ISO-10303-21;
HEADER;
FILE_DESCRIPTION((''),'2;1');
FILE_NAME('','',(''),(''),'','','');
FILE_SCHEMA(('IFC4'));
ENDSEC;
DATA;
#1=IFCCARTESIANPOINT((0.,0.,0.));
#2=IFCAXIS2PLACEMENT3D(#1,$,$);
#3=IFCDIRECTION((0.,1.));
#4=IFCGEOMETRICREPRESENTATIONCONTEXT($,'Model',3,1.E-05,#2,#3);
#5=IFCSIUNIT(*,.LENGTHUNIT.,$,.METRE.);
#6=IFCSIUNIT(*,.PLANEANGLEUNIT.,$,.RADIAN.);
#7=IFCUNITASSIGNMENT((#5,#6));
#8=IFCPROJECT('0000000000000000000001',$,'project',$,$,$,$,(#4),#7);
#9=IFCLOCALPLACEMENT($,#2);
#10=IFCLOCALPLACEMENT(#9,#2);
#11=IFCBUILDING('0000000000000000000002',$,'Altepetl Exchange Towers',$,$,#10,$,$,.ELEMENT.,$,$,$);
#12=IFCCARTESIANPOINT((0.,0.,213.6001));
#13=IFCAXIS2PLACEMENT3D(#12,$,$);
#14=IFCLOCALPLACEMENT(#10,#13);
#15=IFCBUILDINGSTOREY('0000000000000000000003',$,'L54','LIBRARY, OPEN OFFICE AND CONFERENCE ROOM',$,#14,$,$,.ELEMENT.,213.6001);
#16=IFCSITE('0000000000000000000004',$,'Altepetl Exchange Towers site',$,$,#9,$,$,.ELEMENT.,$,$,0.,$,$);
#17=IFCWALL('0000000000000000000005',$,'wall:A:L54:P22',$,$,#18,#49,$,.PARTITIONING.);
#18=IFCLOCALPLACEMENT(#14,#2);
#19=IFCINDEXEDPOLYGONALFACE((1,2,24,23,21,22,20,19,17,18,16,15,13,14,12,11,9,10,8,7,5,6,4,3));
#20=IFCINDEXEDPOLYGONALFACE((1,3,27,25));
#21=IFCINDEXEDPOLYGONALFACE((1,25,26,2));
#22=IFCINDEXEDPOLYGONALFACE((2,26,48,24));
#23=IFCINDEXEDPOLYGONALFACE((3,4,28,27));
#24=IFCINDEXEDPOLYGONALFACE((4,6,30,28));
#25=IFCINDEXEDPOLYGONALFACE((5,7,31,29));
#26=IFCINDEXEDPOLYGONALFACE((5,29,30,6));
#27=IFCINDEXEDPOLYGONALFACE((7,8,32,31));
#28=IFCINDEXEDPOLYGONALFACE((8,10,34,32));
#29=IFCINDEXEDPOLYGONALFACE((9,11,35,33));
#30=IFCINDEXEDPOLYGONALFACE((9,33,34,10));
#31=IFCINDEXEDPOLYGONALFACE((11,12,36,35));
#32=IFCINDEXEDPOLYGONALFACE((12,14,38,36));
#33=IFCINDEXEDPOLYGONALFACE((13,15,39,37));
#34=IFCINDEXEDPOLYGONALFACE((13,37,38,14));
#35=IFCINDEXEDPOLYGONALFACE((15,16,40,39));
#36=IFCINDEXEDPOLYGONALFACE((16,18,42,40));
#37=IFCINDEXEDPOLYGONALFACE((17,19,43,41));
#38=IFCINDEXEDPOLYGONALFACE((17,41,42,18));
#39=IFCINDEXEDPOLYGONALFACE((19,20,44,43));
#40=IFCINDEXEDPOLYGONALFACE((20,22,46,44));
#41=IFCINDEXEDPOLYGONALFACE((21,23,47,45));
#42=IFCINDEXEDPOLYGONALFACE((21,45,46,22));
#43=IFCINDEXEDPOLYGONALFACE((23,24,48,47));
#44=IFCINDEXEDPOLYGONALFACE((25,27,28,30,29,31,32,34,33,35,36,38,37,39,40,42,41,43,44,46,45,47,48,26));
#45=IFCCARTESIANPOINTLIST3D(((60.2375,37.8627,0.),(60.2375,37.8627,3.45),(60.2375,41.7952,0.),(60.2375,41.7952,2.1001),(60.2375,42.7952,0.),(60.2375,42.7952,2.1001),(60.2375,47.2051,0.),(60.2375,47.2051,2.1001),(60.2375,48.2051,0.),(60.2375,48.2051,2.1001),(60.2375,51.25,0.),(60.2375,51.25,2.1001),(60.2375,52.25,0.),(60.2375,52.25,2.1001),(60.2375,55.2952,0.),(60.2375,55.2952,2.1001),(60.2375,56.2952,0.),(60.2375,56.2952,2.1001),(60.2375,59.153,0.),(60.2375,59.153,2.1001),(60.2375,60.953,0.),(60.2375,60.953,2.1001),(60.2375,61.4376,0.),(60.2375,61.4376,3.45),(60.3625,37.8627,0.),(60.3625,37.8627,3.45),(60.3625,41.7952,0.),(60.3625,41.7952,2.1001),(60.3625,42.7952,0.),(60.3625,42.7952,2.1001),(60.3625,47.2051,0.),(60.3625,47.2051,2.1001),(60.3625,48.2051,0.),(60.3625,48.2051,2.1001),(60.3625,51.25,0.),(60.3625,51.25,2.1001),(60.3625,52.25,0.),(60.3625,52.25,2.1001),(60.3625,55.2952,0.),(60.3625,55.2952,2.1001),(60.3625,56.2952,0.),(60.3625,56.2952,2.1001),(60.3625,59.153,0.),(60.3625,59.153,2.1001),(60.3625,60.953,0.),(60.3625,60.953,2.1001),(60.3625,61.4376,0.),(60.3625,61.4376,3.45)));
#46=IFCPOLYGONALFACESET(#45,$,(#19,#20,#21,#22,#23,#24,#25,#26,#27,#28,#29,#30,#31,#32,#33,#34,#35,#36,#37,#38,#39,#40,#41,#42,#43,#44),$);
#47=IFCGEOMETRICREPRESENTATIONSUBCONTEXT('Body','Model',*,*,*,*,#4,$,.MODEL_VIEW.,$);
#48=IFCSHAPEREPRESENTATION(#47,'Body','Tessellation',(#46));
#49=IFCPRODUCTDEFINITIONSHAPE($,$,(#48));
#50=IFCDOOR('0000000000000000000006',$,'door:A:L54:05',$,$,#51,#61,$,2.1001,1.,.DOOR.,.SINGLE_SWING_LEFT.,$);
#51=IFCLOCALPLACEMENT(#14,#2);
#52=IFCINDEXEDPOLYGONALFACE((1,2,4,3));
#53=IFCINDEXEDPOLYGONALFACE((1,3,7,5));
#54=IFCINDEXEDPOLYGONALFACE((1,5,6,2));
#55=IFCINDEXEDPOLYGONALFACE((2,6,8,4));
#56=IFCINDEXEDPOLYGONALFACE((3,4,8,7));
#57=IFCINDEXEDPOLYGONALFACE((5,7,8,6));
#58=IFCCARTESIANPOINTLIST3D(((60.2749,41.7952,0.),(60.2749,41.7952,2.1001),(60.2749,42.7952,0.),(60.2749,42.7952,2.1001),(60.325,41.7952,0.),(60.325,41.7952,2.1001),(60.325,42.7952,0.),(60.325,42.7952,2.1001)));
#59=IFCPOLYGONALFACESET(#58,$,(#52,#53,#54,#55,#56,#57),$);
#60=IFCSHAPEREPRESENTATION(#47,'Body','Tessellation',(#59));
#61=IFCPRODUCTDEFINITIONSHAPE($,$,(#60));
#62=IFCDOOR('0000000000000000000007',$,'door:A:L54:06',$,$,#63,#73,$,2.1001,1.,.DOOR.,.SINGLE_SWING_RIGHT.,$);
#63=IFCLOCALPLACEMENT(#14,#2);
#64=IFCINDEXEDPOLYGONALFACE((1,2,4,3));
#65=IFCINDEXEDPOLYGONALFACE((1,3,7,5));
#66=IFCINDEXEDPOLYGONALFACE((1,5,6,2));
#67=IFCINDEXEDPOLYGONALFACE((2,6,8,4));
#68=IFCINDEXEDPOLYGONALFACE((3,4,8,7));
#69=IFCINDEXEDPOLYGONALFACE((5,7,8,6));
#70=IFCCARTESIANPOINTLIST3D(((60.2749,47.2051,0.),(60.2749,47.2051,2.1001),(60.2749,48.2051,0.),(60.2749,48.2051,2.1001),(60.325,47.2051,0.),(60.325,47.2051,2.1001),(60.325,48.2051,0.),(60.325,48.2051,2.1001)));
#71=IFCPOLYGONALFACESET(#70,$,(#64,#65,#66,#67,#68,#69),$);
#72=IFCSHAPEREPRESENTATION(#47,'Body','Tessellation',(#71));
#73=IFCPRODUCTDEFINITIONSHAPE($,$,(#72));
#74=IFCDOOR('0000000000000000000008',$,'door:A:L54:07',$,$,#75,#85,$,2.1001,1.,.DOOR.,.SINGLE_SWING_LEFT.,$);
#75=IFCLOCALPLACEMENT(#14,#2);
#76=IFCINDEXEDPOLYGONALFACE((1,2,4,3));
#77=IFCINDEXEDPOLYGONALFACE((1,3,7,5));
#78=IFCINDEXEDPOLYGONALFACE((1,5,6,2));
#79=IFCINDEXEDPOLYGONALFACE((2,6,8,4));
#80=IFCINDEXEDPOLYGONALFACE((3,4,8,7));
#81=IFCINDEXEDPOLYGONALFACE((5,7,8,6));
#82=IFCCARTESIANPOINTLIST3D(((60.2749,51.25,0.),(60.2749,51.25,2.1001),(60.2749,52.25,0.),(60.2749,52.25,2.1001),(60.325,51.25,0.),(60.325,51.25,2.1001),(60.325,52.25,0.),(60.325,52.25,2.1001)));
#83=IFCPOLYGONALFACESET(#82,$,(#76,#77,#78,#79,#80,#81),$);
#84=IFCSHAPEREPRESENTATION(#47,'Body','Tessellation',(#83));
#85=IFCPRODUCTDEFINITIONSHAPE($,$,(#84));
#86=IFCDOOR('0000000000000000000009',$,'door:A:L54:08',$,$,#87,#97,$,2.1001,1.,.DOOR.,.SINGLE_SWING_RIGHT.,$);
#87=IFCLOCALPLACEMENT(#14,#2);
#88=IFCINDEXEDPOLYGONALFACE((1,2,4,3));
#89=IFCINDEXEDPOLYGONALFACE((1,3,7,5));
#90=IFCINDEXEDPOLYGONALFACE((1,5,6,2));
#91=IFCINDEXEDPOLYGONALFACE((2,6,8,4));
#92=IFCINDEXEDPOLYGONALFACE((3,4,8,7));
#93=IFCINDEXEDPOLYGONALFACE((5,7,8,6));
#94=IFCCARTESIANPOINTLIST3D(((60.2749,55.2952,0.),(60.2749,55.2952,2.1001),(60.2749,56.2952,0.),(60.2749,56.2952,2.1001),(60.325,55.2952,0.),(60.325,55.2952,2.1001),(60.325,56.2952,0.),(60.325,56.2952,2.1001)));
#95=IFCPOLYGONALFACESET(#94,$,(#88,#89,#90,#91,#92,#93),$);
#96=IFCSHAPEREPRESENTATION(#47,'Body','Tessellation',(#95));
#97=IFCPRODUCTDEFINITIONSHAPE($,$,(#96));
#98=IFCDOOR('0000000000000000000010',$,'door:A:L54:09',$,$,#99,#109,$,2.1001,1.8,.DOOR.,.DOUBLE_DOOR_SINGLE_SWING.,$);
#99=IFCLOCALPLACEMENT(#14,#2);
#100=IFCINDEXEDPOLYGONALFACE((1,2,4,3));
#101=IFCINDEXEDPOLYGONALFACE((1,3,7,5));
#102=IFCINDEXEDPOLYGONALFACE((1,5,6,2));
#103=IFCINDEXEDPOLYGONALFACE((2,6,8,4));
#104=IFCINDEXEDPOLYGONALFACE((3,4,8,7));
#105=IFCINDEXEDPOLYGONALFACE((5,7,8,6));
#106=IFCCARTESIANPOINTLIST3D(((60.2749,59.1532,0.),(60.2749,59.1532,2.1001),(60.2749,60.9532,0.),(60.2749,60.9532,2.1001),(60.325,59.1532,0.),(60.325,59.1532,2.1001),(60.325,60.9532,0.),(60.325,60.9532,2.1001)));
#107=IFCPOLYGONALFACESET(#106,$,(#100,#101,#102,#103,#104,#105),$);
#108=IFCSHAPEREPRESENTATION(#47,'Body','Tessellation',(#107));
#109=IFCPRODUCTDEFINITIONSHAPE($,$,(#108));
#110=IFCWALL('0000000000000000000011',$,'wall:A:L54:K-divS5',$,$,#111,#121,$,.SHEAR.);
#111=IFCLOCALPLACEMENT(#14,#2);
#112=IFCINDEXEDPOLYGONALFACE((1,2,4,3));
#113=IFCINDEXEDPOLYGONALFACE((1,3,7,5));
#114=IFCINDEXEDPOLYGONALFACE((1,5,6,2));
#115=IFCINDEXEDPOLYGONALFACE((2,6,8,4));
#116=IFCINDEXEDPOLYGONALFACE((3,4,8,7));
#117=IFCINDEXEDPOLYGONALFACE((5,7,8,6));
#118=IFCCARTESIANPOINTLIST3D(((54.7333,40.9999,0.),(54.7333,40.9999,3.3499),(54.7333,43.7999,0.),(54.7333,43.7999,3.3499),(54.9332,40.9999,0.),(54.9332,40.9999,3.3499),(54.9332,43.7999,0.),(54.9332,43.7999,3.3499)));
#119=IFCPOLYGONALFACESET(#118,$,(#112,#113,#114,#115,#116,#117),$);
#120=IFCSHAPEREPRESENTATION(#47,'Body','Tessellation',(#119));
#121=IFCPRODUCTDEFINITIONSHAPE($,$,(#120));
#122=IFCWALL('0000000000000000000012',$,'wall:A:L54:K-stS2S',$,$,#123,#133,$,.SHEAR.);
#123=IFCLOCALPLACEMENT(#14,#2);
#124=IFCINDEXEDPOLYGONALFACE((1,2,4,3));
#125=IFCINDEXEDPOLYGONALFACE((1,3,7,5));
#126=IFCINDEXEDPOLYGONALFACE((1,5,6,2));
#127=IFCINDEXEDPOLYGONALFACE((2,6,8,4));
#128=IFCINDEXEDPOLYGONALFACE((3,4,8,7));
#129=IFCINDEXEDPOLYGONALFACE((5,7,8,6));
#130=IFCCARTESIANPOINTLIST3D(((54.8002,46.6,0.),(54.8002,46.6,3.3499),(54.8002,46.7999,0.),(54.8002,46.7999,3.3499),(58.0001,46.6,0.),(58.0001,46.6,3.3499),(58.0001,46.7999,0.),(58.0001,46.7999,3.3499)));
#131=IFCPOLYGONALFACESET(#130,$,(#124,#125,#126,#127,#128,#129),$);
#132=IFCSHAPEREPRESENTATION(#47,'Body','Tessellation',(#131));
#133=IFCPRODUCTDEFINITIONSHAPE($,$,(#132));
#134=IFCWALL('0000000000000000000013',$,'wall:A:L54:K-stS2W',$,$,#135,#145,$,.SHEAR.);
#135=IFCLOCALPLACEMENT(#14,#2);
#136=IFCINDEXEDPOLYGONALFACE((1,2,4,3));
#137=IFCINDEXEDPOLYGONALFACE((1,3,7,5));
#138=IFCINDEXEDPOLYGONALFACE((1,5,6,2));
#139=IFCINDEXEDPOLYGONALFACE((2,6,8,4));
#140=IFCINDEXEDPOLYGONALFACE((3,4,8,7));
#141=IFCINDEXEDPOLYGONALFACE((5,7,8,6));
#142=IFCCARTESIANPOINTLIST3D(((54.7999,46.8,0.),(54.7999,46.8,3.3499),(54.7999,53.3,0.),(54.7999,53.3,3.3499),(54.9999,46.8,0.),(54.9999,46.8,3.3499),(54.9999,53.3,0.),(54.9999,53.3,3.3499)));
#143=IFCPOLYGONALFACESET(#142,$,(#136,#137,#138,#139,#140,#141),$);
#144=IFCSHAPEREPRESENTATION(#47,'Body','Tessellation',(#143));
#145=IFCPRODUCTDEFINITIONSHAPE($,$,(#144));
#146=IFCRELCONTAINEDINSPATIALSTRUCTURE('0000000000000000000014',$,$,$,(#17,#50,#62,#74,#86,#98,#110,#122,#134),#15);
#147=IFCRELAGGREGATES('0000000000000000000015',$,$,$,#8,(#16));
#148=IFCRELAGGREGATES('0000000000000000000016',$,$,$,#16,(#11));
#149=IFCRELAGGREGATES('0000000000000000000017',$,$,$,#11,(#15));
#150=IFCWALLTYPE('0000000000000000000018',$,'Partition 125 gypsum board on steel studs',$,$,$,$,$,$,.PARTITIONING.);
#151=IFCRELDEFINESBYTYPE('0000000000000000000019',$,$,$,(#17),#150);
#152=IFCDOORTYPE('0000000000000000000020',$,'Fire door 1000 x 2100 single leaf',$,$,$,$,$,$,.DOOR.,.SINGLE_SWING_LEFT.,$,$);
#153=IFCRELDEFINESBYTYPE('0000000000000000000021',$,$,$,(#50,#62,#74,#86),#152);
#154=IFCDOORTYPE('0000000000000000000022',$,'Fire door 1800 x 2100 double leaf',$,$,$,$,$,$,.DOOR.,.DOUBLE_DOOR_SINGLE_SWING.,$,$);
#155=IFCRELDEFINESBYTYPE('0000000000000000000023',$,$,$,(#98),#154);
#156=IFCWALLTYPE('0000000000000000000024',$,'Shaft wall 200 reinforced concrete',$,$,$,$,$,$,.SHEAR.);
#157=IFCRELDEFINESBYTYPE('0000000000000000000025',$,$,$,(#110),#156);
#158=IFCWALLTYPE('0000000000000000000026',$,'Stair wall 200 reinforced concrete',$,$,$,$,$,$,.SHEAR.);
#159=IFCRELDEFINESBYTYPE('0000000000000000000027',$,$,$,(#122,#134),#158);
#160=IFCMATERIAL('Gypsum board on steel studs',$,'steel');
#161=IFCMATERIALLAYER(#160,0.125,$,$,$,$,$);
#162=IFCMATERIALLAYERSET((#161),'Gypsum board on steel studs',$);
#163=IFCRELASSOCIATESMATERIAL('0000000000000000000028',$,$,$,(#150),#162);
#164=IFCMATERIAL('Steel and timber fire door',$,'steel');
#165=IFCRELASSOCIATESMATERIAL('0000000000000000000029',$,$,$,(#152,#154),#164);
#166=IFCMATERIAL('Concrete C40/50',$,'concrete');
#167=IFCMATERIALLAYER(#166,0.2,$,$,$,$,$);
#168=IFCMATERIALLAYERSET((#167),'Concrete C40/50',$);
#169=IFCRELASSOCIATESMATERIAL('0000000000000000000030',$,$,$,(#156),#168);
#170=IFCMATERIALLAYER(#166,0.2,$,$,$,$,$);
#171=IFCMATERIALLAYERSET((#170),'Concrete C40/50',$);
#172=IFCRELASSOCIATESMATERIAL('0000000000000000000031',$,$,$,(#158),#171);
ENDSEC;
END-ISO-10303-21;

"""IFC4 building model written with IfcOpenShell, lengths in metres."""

from ifc_helpers import new_model, si_unit, direction, frame, frame_2d, origin, place, context, subcontext, project, spatial, rectangle, extrude, material, layer, layer_set, type_object, element, fill, save


model = new_model("IFC4")

# Units and contexts
model_context = context("Model", 3, precision=1e-05, world=origin(), true_north=direction((0.0, 1.0)))
body_context = subcontext(model_context, "Body", "Model", "MODEL_VIEW")
ifc_project = project(units=[si_unit("LENGTHUNIT", "METRE"), si_unit("PLANEANGLEUNIT", "RADIAN")], contexts=[model_context])

# Site, building, storey
site_placement = place(None, origin())
site = spatial("IfcSite", under=ifc_project, at=site_placement, Name="Altepetl Exchange Towers site", CompositionType="ELEMENT", RefElevation=0.0)
building_placement = place(site_placement, origin())
building = spatial("IfcBuilding", under=site, at=building_placement, Name="Altepetl Exchange Towers", CompositionType="ELEMENT")
storey_placement = place(building_placement, frame((0.0, 0.0, 213.6001)))
storey = spatial("IfcBuildingStorey", under=building, at=storey_placement, Name="L54", Description="LIBRARY, OPEN OFFICE AND CONFERENCE ROOM", CompositionType="ELEMENT", Elevation=213.6001)

# Shared definitions
ifc_material_1 = material(Name="Steel and timber fire door", Category="steel")

# Shared definitions
ifc_material_2 = material(Name="Gypsum board on steel studs", Category="steel")
ifc_layer_1 = layer(ifc_material_2, 0.125)
ifc_layer_set_1 = layer_set([ifc_layer_1], Name="Gypsum board on steel studs")
wall_type_1 = type_object("IfcWallType", Name="Partition 125 gypsum board on steel studs", PredefinedType="PARTITIONING", material=ifc_layer_set_1)

# Shared definitions
door_type_1 = type_object("IfcDoorType", Name="Fire door 1000 x 2100 single leaf", OperationType="SINGLE_SWING_LEFT", PredefinedType="DOOR", material=ifc_material_1)

# Wall, openings, doors
wall_1_placement = place(storey_placement, frame((60.3, 37.8625, 0.0), z_axis=(0.0, 0.0, 1.0), x_axis=(0.0, 1.0, 0.0)))
wall_1 = element("IfcWall", 1, at=wall_1_placement, inside=storey, type_object=wall_type_1, Name="wall:A:L54:P22", PredefinedType="PARTITIONING", context=body_context, shape_type="SweptSolid", body=[
    extrude(rectangle(XDim=23.575, YDim=0.125, at=frame_2d((11.7876, 0.0))), origin(), (0.0, 0.0, 1.0), 3.45),
])
opening_1_placement = place(wall_1_placement, frame((3.9326, 0.0, 0.0)))
opening_1 = element("IfcOpeningElement", 2, at=opening_1_placement, cuts=wall_1, PredefinedType="OPENING", context=body_context, shape_type="SweptSolid", body=[
    extrude(rectangle(XDim=1.0, YDim=2.1001, at=frame_2d((0.5, 1.05))), frame((0.0, 0.0725, 0.0), z_axis=(0.0, -1.0, 0.0), x_axis=(1.0, 0.0, 0.0)), (0.0, 0.0, 1.0), 0.145),
])
opening_2_placement = place(wall_1_placement, frame((9.3425, 0.0, 0.0)))
opening_2 = element("IfcOpeningElement", 3, at=opening_2_placement, cuts=wall_1, PredefinedType="OPENING", context=body_context, shape_type="SweptSolid", body=[
    extrude(rectangle(XDim=1.0, YDim=2.1001, at=frame_2d((0.5, 1.05))), frame((0.0, 0.0725, 0.0), z_axis=(0.0, -1.0, 0.0), x_axis=(1.0, 0.0, 0.0)), (0.0, 0.0, 1.0), 0.145),
])
opening_3_placement = place(wall_1_placement, frame((13.3875, 0.0, 0.0)))
opening_3 = element("IfcOpeningElement", 4, at=opening_3_placement, cuts=wall_1, PredefinedType="OPENING", context=body_context, shape_type="SweptSolid", body=[
    extrude(rectangle(XDim=1.0, YDim=2.1001, at=frame_2d((0.5, 1.05))), frame((0.0, 0.0725, 0.0), z_axis=(0.0, -1.0, 0.0), x_axis=(1.0, 0.0, 0.0)), (0.0, 0.0, 1.0), 0.145),
])
opening_4_placement = place(wall_1_placement, frame((17.4326, 0.0, 0.0)))
opening_4 = element("IfcOpeningElement", 5, at=opening_4_placement, cuts=wall_1, PredefinedType="OPENING", context=body_context, shape_type="SweptSolid", body=[
    extrude(rectangle(XDim=1.0, YDim=2.1001, at=frame_2d((0.5, 1.05))), frame((0.0, 0.0725, 0.0), z_axis=(0.0, -1.0, 0.0), x_axis=(1.0, 0.0, 0.0)), (0.0, 0.0, 1.0), 0.145),
])
opening_5_placement = place(wall_1_placement, frame((21.2905, 0.0, 0.0)))
opening_5 = element("IfcOpeningElement", 6, at=opening_5_placement, cuts=wall_1, PredefinedType="OPENING", context=body_context, shape_type="SweptSolid", body=[
    extrude(rectangle(XDim=1.8, YDim=2.1001, at=frame_2d((0.8999, 1.05))), frame((0.0, 0.0725, 0.0), z_axis=(0.0, -1.0, 0.0), x_axis=(1.0, 0.0, 0.0)), (0.0, 0.0, 1.0), 0.145),
])
door_1_placement = place(opening_1_placement, frame((1.0, 0.0, 0.0), x_axis=(-1.0, 0.0, 0.0)))
door_1 = element("IfcDoor", 7, at=door_1_placement, inside=storey, type_object=door_type_1, Name="door:A:L54:05", OperationType="SINGLE_SWING_LEFT", OverallHeight=2.1001, OverallWidth=1.0, PredefinedType="DOOR", context=body_context, shape_type="SweptSolid", body=[
    extrude(rectangle(XDim=1.0, YDim=2.1001, at=frame_2d((0.5, 1.05))), frame((0.0, 0.0249, 0.0), z_axis=(0.0, -1.0, 0.0), x_axis=(1.0, 0.0, 0.0)), (0.0, 0.0, 1.0), 0.05),
])
fill(opening_1, door_1)
door_2_placement = place(opening_2_placement, frame((1.0, 0.0, 0.0), x_axis=(-1.0, 0.0, 0.0)))
door_2 = element("IfcDoor", 8, at=door_2_placement, inside=storey, type_object=door_type_1, Name="door:A:L54:06", OperationType="SINGLE_SWING_RIGHT", OverallHeight=2.1001, OverallWidth=1.0, PredefinedType="DOOR", context=body_context, shape_type="SweptSolid", body=[
    extrude(rectangle(XDim=1.0, YDim=2.1001, at=frame_2d((0.5, 1.05))), frame((0.0, 0.0249, 0.0), z_axis=(0.0, -1.0, 0.0), x_axis=(1.0, 0.0, 0.0)), (0.0, 0.0, 1.0), 0.05),
])
fill(opening_2, door_2)
door_3_placement = place(opening_3_placement, frame((1.0, 0.0, 0.0), x_axis=(-1.0, 0.0, 0.0)))
door_3 = element("IfcDoor", 9, at=door_3_placement, inside=storey, type_object=door_type_1, Name="door:A:L54:07", OperationType="SINGLE_SWING_LEFT", OverallHeight=2.1001, OverallWidth=1.0, PredefinedType="DOOR", context=body_context, shape_type="SweptSolid", body=[
    extrude(rectangle(XDim=1.0, YDim=2.1001, at=frame_2d((0.5, 1.05))), frame((0.0, 0.0249, 0.0), z_axis=(0.0, -1.0, 0.0), x_axis=(1.0, 0.0, 0.0)), (0.0, 0.0, 1.0), 0.05),
])
fill(opening_3, door_3)
door_4_placement = place(opening_4_placement, frame((1.0, 0.0, 0.0), x_axis=(-1.0, 0.0, 0.0)))
door_4 = element("IfcDoor", 10, at=door_4_placement, inside=storey, type_object=door_type_1, Name="door:A:L54:08", OperationType="SINGLE_SWING_RIGHT", OverallHeight=2.1001, OverallWidth=1.0, PredefinedType="DOOR", context=body_context, shape_type="SweptSolid", body=[
    extrude(rectangle(XDim=1.0, YDim=2.1001, at=frame_2d((0.5, 1.05))), frame((0.0, 0.0249, 0.0), z_axis=(0.0, -1.0, 0.0), x_axis=(1.0, 0.0, 0.0)), (0.0, 0.0, 1.0), 0.05),
])
fill(opening_4, door_4)
door_type_2 = type_object("IfcDoorType", Name="Fire door 1800 x 2100 double leaf", OperationType="DOUBLE_DOOR_SINGLE_SWING", PredefinedType="DOOR", material=ifc_material_1)
door_5_placement = place(opening_5_placement, frame((1.8, 0.0, 0.0), x_axis=(-1.0, 0.0, 0.0)))
door_5 = element("IfcDoor", 11, at=door_5_placement, inside=storey, type_object=door_type_2, Name="door:A:L54:09", OperationType="DOUBLE_DOOR_SINGLE_SWING", OverallHeight=2.1001, OverallWidth=1.8, PredefinedType="DOOR", context=body_context, shape_type="SweptSolid", body=[
    extrude(rectangle(XDim=1.8, YDim=2.1001, at=frame_2d((0.8999, 1.05))), frame((0.0, 0.0249, 0.0), z_axis=(0.0, -1.0, 0.0), x_axis=(1.0, 0.0, 0.0)), (0.0, 0.0, 1.0), 0.05),
])
fill(opening_5, door_5)

# Walls
ifc_material_3 = material(Name="Concrete C40/50", Category="concrete")
ifc_layer_2 = layer(ifc_material_3, 0.2)
ifc_layer_set_2 = layer_set([ifc_layer_2], Name="Concrete C40/50")
wall_type_2 = type_object("IfcWallType", Name="Shaft wall 200 reinforced concrete", PredefinedType="SHEAR", material=ifc_layer_set_2)
wall_2_placement = place(storey_placement, frame((54.8333, 41.0, 0.0), z_axis=(0.0, 0.0, 1.0), x_axis=(0.0, 1.0, 0.0)))
element("IfcWall", 12, at=wall_2_placement, inside=storey, type_object=wall_type_2, Name="wall:A:L54:K-divS5", PredefinedType="SHEAR", context=body_context, shape_type="SweptSolid", body=[
    extrude(rectangle(XDim=2.8, YDim=0.2, at=frame_2d((1.3999, 0.0))), origin(), (0.0, 0.0, 1.0), 3.3499),
])
ifc_layer_3 = layer(ifc_material_3, 0.2)
ifc_layer_set_3 = layer_set([ifc_layer_3], Name="Concrete C40/50")
wall_type_3 = type_object("IfcWallType", Name="Stair wall 200 reinforced concrete", PredefinedType="SHEAR", material=ifc_layer_set_3)
wall_3_placement = place(storey_placement, frame((54.8, 46.7, 0.0)))
element("IfcWall", 13, at=wall_3_placement, inside=storey, type_object=wall_type_3, Name="wall:A:L54:K-stS2S", PredefinedType="SHEAR", context=body_context, shape_type="SweptSolid", body=[
    extrude(rectangle(XDim=3.2, YDim=0.2, at=frame_2d((1.6001, 0.0))), origin(), (0.0, 0.0, 1.0), 3.3499),
])
wall_4_placement = place(storey_placement, frame((54.8999, 46.8, 0.0), z_axis=(0.0, 0.0, 1.0), x_axis=(0.0, 1.0, 0.0)))
element("IfcWall", 14, at=wall_4_placement, inside=storey, type_object=wall_type_3, Name="wall:A:L54:K-stS2W", PredefinedType="SHEAR", context=body_context, shape_type="SweptSolid", body=[
    extrude(rectangle(XDim=6.5, YDim=0.2, at=frame_2d((3.25, 0.0))), origin(), (0.0, 0.0, 1.0), 3.3499),
])

save(model, "model.ifc")
